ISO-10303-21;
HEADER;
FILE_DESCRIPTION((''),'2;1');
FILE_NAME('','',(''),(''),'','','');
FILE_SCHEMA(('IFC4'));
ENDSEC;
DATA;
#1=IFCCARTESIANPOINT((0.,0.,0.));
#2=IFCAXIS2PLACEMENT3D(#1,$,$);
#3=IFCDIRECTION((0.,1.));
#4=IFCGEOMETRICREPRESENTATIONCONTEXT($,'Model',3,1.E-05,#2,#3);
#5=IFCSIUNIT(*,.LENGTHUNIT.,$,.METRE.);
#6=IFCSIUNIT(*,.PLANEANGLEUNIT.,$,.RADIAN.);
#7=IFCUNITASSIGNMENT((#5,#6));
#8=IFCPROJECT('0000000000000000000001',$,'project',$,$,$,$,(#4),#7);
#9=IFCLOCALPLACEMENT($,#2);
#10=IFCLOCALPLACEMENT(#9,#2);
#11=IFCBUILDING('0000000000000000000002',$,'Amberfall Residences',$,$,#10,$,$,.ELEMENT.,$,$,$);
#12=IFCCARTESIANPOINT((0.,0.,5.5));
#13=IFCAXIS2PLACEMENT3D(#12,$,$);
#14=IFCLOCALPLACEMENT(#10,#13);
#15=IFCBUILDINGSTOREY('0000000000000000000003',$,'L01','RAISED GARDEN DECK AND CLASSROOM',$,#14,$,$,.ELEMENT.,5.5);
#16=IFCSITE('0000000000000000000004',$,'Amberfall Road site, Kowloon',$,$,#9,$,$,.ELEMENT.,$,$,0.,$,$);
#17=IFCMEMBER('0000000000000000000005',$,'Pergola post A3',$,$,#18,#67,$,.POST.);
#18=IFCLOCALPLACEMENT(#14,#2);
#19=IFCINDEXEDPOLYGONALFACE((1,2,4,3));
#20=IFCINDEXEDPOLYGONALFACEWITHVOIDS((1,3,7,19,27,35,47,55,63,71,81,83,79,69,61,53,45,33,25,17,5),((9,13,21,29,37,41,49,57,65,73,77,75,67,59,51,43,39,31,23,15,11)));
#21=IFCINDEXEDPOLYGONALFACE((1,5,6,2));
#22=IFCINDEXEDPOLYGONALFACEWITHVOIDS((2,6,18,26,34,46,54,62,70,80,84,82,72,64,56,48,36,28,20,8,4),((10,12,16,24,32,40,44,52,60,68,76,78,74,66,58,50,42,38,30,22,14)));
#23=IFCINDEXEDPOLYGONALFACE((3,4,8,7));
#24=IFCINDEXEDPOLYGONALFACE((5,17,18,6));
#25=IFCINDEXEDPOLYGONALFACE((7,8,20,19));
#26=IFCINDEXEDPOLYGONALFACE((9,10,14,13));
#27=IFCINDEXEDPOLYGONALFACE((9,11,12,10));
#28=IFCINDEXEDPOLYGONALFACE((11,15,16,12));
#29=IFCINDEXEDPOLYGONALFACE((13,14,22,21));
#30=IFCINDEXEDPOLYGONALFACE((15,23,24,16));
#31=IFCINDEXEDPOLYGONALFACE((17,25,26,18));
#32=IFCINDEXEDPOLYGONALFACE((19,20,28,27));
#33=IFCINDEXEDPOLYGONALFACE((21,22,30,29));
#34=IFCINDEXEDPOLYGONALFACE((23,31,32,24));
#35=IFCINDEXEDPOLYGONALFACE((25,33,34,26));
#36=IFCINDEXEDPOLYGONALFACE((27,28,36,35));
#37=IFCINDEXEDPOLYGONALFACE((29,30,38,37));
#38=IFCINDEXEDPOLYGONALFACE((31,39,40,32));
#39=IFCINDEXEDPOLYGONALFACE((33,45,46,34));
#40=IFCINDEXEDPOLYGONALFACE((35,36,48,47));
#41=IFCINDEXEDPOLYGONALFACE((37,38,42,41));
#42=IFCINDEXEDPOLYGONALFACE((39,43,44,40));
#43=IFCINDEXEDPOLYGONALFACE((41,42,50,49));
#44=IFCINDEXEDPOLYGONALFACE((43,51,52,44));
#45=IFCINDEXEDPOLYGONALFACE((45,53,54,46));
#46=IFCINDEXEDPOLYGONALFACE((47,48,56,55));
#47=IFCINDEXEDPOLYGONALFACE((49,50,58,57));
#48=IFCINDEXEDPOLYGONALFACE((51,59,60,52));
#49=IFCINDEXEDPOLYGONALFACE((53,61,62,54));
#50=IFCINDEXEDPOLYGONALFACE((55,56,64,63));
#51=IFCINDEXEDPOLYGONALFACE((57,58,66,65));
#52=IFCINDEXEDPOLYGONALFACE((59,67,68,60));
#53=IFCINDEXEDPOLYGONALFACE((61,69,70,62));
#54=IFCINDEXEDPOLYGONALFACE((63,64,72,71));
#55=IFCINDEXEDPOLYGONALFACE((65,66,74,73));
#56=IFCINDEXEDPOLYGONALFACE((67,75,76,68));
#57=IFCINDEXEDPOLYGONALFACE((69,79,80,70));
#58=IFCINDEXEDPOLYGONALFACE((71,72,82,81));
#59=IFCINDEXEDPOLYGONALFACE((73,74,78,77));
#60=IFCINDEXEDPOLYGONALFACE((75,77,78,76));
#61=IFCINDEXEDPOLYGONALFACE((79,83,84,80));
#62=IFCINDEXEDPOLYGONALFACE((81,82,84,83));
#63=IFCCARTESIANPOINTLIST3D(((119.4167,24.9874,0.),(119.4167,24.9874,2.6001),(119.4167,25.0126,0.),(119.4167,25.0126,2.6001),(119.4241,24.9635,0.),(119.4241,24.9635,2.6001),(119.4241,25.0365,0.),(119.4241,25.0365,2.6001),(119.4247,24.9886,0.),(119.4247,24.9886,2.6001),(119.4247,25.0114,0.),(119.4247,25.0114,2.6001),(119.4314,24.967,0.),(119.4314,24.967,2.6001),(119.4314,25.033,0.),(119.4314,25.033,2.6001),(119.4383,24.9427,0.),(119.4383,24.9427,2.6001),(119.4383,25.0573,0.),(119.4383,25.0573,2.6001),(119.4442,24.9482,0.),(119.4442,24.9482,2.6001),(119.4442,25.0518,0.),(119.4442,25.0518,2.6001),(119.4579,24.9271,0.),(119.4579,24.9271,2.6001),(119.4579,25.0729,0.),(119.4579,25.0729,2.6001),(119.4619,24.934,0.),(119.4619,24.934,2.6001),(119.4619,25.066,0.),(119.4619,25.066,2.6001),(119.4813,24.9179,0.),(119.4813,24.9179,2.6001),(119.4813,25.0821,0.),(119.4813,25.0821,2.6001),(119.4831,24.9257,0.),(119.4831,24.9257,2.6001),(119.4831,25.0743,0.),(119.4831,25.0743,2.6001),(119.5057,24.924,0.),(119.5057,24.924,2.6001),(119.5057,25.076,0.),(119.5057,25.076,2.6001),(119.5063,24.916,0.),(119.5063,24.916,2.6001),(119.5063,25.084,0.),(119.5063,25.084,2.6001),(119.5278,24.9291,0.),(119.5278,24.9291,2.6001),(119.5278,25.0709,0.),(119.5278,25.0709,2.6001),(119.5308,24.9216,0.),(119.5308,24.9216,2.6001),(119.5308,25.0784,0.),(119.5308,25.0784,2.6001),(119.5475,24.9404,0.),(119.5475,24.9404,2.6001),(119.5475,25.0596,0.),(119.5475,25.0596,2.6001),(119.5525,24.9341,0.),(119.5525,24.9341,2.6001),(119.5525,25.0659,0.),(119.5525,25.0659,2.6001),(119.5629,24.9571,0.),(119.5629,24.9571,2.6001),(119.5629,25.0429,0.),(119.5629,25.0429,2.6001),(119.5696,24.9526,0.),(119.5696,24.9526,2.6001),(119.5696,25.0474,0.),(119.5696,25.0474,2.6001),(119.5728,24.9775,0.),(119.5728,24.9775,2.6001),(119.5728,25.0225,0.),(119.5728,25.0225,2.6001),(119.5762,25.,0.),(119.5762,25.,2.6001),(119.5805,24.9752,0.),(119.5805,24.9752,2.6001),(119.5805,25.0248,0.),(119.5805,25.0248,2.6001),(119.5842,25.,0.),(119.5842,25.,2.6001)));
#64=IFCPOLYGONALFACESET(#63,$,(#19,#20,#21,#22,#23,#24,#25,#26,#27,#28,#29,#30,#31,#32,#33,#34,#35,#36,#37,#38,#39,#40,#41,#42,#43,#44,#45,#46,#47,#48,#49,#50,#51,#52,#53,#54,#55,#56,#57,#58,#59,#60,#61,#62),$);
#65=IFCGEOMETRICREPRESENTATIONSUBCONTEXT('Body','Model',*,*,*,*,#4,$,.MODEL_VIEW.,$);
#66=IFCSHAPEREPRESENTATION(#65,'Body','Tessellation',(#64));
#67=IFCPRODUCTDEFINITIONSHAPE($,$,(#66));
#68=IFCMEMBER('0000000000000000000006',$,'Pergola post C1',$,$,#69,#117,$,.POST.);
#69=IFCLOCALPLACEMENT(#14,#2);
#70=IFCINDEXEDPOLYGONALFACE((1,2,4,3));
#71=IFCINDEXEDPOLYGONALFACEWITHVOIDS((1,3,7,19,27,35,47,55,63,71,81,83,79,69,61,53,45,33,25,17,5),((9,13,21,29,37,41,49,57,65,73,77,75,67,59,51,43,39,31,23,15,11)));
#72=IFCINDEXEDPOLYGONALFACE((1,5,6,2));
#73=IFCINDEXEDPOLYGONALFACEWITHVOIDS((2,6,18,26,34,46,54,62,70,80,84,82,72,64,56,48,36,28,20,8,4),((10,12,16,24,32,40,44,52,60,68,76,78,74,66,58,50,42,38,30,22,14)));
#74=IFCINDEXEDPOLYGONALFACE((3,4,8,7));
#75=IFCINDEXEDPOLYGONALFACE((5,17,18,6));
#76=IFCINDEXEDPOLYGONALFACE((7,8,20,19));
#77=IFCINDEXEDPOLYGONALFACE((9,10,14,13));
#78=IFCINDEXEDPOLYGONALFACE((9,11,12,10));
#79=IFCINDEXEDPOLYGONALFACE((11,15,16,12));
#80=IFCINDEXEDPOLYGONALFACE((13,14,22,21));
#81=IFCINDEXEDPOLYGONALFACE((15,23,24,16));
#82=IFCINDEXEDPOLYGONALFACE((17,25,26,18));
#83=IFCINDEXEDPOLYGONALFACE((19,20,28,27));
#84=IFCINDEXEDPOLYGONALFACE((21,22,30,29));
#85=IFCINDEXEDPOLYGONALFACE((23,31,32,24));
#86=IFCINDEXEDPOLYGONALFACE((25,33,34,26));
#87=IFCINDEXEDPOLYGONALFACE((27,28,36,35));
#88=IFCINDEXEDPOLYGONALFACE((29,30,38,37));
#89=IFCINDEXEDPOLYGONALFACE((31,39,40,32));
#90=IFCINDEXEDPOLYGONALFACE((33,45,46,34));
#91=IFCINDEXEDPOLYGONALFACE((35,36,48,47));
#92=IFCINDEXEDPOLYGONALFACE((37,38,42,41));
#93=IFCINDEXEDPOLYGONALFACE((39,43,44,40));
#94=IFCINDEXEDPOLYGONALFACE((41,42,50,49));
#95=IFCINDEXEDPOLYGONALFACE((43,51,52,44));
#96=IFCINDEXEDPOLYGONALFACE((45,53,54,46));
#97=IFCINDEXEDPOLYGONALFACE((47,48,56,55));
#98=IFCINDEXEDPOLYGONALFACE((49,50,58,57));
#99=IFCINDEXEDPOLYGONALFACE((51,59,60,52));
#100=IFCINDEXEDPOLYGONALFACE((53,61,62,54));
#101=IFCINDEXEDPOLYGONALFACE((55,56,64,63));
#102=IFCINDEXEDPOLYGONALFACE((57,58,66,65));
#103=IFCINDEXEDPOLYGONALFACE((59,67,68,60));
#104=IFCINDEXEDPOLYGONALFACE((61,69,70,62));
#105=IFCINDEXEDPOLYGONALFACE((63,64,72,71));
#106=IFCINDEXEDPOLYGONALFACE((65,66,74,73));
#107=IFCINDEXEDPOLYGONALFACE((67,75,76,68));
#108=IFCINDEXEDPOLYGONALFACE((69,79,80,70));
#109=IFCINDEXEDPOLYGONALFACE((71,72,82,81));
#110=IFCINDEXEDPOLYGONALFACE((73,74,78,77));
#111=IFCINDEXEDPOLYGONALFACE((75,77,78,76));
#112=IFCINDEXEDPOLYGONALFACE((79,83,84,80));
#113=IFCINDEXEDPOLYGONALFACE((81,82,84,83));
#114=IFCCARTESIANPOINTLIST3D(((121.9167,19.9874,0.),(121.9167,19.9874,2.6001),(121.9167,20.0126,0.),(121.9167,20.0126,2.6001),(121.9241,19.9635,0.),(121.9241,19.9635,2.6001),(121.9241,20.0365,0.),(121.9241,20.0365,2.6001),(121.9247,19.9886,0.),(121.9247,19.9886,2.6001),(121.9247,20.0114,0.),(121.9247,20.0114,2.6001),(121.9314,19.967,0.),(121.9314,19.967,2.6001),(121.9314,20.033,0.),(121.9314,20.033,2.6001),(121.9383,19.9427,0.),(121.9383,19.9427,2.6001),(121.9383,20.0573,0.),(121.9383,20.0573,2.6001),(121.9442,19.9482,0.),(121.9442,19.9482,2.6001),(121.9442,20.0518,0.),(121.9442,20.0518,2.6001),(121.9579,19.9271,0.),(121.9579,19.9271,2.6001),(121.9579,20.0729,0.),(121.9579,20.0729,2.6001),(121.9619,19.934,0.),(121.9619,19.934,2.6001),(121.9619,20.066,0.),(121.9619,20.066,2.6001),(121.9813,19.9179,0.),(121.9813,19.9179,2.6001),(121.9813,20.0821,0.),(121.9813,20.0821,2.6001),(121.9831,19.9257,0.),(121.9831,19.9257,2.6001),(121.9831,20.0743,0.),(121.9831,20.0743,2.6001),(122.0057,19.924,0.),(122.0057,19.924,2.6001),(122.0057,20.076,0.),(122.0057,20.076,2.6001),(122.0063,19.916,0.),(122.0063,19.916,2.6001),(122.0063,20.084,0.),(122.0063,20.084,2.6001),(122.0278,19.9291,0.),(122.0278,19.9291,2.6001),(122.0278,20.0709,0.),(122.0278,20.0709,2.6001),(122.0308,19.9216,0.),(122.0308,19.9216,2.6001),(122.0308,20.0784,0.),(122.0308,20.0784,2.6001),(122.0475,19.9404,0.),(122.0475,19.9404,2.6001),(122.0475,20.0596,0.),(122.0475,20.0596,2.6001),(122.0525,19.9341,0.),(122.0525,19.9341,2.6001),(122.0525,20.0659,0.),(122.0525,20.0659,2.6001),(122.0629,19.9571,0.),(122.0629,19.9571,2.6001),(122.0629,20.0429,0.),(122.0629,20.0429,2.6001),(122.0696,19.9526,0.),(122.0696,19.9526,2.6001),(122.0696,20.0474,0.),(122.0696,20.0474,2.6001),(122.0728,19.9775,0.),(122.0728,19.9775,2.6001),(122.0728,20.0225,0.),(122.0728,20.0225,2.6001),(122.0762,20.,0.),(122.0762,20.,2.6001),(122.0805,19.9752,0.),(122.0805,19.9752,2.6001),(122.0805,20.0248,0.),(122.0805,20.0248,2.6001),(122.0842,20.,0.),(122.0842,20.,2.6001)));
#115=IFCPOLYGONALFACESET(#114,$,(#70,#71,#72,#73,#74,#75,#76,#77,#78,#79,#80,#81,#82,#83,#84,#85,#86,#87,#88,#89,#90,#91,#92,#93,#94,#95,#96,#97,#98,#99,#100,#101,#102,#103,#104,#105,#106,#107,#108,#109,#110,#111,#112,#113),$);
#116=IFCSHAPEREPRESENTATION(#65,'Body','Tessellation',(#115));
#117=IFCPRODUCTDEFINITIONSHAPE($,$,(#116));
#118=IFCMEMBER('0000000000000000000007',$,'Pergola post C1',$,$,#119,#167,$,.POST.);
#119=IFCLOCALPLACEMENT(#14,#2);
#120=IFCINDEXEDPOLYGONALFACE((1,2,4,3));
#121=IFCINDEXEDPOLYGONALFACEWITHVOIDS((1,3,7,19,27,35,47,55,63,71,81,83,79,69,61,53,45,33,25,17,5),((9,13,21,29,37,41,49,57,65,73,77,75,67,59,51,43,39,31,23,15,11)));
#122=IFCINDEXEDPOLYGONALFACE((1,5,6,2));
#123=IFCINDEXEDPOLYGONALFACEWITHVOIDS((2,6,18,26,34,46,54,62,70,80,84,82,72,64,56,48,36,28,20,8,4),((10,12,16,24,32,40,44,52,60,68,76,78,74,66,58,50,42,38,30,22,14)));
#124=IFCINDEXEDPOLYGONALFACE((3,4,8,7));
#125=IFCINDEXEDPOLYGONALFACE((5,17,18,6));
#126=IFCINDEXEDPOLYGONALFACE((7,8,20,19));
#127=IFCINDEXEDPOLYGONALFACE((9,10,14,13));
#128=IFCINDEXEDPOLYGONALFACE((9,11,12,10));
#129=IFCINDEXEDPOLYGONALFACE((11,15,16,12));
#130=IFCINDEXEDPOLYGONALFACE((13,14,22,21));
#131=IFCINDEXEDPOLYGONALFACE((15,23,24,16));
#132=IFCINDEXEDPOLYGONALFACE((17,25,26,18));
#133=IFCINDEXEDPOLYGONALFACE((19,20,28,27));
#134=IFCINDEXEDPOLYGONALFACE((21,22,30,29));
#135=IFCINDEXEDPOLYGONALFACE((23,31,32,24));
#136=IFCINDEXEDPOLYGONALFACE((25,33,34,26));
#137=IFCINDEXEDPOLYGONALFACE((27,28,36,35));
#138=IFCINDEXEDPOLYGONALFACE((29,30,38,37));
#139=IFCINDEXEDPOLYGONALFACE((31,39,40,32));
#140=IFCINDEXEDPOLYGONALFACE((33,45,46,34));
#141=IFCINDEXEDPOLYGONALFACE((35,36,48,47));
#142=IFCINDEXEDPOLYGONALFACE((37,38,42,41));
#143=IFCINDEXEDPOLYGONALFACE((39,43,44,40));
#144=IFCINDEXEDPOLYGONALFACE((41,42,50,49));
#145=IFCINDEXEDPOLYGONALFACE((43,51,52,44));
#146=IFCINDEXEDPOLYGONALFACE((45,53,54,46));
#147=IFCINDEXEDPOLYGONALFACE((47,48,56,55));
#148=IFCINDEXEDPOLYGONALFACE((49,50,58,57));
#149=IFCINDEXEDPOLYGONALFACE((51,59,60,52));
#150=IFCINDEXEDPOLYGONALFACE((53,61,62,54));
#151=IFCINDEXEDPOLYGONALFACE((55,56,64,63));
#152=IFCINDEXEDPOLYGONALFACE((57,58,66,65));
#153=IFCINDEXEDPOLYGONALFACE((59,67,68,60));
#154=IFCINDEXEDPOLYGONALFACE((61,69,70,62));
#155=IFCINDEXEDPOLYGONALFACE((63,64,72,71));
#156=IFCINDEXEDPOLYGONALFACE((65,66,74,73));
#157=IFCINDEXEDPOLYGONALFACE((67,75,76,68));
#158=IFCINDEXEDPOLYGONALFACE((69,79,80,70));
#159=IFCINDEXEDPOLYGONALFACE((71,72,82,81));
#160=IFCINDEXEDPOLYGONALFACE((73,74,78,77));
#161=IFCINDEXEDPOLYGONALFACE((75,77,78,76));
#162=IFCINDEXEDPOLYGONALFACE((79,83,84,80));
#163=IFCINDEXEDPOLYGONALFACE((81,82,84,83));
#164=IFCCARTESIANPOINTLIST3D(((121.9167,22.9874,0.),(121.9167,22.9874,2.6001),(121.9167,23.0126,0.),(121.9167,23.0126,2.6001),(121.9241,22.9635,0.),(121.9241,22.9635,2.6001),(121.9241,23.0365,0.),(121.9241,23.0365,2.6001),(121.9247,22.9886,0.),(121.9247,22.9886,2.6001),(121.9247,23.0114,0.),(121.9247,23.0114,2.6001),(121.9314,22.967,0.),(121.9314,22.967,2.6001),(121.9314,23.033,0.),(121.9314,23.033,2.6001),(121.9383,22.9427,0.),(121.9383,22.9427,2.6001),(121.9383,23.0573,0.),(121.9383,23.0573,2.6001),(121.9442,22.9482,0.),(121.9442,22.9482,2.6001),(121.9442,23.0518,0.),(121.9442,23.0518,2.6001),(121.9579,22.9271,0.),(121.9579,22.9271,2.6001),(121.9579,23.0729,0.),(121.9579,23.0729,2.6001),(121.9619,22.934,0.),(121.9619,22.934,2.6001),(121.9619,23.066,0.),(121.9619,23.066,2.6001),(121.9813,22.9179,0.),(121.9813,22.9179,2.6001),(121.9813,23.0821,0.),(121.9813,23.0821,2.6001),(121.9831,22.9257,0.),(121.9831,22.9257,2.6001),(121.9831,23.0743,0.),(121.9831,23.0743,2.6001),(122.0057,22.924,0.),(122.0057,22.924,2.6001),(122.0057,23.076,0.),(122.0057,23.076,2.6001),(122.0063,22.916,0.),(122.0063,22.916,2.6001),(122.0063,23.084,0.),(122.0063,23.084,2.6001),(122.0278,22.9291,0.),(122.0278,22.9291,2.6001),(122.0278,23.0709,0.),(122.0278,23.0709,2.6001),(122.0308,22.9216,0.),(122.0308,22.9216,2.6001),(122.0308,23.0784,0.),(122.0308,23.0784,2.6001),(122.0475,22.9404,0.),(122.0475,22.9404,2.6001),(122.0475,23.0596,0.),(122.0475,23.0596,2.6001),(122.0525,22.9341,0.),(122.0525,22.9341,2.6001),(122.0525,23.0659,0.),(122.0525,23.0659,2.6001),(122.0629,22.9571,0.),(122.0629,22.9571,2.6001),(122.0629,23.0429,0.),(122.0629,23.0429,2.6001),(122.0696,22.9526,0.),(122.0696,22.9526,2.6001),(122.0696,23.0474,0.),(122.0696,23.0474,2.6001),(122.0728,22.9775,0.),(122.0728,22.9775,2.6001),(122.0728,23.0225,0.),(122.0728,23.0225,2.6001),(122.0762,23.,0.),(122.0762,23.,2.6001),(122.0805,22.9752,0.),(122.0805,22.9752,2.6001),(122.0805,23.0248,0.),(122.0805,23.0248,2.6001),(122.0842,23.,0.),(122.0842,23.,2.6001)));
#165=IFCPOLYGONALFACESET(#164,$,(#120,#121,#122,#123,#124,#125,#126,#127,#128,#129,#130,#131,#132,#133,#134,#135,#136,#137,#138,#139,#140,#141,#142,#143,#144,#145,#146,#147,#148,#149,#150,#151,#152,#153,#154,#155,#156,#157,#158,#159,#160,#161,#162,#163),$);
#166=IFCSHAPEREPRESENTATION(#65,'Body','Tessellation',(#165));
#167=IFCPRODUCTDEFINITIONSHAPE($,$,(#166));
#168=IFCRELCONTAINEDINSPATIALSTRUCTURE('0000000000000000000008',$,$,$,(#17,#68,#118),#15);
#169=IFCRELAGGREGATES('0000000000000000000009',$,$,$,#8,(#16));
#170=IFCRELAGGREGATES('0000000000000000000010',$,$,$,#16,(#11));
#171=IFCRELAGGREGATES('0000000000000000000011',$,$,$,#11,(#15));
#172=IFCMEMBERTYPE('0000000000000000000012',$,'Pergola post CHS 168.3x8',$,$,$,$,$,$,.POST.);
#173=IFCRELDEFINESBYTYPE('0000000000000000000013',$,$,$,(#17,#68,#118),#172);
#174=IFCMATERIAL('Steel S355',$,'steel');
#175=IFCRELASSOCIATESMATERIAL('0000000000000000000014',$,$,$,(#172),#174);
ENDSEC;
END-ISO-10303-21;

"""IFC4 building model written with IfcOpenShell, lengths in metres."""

from ifc_helpers import new_model, si_unit, direction, frame, origin, origin_2d, place, context, subcontext, project, spatial, hollow_circle, extrude, material, material_profile, profile_set, type_object, element, save


model = new_model("IFC4")

# Units and contexts
model_context = context("Model", 3, precision=1e-05, world=origin(), true_north=direction((0.0, 1.0)))
body_context = subcontext(model_context, "Body", "Model", "MODEL_VIEW")
ifc_project = project(units=[si_unit("LENGTHUNIT", "METRE"), si_unit("PLANEANGLEUNIT", "RADIAN")], contexts=[model_context])

# Site, building, storey
site_placement = place(None, origin())
site = spatial("IfcSite", under=ifc_project, at=site_placement, Name="Amberfall Road site, Kowloon", CompositionType="ELEMENT", RefElevation=0.0)
building_placement = place(site_placement, origin())
building = spatial("IfcBuilding", under=site, at=building_placement, Name="Amberfall Residences", CompositionType="ELEMENT")
storey_placement = place(building_placement, frame((0.0, 0.0, 5.5)))
storey = spatial("IfcBuildingStorey", under=building, at=storey_placement, Name="L01", Description="RAISED GARDEN DECK AND CLASSROOM", CompositionType="ELEMENT", Elevation=5.5)

# Members
ifc_material_1 = material(Name="Steel S355", Category="steel")
ifc_material_profile_1 = material_profile(ifc_material_1, hollow_circle(Radius=0.0842, WallThickness=0.0081, at=origin_2d()), Name="CHS 168.3x8")
ifc_profile_set_1 = profile_set([ifc_material_profile_1], Name="Steel S355")
member_type_1 = type_object("IfcMemberType", Name="Pergola post CHS 168.3x8", PredefinedType="POST", material=ifc_profile_set_1)
for number, where, z_axis, x_axis, name in (
    (1, (119.5, 25.0, 0.0), (0.0, 0.0, 1.0), (1.0, 0.0, 0.0), "Pergola post A3"),
    (2, (122.0, 20.0, 0.0), (0.0, 0.0, 1.0), (1.0, 0.0, 0.0), "Pergola post C1"),
    (3, (122.0, 23.0, 0.0), (0.0, 0.0, 1.0), (1.0, 0.0, 0.0), "Pergola post C1"),
):
    element("IfcMember", number, at=place(storey_placement, frame(where, z_axis=z_axis, x_axis=x_axis)), inside=storey, type_object=member_type_1, Name=name, PredefinedType="POST", context=body_context, shape_type="SweptSolid", body=[
        extrude(hollow_circle(Radius=0.0842, WallThickness=0.0081, at=origin_2d()), origin(), (0.0, 0.0, 1.0), 2.6001),
    ])

save(model, "model.ifc")
